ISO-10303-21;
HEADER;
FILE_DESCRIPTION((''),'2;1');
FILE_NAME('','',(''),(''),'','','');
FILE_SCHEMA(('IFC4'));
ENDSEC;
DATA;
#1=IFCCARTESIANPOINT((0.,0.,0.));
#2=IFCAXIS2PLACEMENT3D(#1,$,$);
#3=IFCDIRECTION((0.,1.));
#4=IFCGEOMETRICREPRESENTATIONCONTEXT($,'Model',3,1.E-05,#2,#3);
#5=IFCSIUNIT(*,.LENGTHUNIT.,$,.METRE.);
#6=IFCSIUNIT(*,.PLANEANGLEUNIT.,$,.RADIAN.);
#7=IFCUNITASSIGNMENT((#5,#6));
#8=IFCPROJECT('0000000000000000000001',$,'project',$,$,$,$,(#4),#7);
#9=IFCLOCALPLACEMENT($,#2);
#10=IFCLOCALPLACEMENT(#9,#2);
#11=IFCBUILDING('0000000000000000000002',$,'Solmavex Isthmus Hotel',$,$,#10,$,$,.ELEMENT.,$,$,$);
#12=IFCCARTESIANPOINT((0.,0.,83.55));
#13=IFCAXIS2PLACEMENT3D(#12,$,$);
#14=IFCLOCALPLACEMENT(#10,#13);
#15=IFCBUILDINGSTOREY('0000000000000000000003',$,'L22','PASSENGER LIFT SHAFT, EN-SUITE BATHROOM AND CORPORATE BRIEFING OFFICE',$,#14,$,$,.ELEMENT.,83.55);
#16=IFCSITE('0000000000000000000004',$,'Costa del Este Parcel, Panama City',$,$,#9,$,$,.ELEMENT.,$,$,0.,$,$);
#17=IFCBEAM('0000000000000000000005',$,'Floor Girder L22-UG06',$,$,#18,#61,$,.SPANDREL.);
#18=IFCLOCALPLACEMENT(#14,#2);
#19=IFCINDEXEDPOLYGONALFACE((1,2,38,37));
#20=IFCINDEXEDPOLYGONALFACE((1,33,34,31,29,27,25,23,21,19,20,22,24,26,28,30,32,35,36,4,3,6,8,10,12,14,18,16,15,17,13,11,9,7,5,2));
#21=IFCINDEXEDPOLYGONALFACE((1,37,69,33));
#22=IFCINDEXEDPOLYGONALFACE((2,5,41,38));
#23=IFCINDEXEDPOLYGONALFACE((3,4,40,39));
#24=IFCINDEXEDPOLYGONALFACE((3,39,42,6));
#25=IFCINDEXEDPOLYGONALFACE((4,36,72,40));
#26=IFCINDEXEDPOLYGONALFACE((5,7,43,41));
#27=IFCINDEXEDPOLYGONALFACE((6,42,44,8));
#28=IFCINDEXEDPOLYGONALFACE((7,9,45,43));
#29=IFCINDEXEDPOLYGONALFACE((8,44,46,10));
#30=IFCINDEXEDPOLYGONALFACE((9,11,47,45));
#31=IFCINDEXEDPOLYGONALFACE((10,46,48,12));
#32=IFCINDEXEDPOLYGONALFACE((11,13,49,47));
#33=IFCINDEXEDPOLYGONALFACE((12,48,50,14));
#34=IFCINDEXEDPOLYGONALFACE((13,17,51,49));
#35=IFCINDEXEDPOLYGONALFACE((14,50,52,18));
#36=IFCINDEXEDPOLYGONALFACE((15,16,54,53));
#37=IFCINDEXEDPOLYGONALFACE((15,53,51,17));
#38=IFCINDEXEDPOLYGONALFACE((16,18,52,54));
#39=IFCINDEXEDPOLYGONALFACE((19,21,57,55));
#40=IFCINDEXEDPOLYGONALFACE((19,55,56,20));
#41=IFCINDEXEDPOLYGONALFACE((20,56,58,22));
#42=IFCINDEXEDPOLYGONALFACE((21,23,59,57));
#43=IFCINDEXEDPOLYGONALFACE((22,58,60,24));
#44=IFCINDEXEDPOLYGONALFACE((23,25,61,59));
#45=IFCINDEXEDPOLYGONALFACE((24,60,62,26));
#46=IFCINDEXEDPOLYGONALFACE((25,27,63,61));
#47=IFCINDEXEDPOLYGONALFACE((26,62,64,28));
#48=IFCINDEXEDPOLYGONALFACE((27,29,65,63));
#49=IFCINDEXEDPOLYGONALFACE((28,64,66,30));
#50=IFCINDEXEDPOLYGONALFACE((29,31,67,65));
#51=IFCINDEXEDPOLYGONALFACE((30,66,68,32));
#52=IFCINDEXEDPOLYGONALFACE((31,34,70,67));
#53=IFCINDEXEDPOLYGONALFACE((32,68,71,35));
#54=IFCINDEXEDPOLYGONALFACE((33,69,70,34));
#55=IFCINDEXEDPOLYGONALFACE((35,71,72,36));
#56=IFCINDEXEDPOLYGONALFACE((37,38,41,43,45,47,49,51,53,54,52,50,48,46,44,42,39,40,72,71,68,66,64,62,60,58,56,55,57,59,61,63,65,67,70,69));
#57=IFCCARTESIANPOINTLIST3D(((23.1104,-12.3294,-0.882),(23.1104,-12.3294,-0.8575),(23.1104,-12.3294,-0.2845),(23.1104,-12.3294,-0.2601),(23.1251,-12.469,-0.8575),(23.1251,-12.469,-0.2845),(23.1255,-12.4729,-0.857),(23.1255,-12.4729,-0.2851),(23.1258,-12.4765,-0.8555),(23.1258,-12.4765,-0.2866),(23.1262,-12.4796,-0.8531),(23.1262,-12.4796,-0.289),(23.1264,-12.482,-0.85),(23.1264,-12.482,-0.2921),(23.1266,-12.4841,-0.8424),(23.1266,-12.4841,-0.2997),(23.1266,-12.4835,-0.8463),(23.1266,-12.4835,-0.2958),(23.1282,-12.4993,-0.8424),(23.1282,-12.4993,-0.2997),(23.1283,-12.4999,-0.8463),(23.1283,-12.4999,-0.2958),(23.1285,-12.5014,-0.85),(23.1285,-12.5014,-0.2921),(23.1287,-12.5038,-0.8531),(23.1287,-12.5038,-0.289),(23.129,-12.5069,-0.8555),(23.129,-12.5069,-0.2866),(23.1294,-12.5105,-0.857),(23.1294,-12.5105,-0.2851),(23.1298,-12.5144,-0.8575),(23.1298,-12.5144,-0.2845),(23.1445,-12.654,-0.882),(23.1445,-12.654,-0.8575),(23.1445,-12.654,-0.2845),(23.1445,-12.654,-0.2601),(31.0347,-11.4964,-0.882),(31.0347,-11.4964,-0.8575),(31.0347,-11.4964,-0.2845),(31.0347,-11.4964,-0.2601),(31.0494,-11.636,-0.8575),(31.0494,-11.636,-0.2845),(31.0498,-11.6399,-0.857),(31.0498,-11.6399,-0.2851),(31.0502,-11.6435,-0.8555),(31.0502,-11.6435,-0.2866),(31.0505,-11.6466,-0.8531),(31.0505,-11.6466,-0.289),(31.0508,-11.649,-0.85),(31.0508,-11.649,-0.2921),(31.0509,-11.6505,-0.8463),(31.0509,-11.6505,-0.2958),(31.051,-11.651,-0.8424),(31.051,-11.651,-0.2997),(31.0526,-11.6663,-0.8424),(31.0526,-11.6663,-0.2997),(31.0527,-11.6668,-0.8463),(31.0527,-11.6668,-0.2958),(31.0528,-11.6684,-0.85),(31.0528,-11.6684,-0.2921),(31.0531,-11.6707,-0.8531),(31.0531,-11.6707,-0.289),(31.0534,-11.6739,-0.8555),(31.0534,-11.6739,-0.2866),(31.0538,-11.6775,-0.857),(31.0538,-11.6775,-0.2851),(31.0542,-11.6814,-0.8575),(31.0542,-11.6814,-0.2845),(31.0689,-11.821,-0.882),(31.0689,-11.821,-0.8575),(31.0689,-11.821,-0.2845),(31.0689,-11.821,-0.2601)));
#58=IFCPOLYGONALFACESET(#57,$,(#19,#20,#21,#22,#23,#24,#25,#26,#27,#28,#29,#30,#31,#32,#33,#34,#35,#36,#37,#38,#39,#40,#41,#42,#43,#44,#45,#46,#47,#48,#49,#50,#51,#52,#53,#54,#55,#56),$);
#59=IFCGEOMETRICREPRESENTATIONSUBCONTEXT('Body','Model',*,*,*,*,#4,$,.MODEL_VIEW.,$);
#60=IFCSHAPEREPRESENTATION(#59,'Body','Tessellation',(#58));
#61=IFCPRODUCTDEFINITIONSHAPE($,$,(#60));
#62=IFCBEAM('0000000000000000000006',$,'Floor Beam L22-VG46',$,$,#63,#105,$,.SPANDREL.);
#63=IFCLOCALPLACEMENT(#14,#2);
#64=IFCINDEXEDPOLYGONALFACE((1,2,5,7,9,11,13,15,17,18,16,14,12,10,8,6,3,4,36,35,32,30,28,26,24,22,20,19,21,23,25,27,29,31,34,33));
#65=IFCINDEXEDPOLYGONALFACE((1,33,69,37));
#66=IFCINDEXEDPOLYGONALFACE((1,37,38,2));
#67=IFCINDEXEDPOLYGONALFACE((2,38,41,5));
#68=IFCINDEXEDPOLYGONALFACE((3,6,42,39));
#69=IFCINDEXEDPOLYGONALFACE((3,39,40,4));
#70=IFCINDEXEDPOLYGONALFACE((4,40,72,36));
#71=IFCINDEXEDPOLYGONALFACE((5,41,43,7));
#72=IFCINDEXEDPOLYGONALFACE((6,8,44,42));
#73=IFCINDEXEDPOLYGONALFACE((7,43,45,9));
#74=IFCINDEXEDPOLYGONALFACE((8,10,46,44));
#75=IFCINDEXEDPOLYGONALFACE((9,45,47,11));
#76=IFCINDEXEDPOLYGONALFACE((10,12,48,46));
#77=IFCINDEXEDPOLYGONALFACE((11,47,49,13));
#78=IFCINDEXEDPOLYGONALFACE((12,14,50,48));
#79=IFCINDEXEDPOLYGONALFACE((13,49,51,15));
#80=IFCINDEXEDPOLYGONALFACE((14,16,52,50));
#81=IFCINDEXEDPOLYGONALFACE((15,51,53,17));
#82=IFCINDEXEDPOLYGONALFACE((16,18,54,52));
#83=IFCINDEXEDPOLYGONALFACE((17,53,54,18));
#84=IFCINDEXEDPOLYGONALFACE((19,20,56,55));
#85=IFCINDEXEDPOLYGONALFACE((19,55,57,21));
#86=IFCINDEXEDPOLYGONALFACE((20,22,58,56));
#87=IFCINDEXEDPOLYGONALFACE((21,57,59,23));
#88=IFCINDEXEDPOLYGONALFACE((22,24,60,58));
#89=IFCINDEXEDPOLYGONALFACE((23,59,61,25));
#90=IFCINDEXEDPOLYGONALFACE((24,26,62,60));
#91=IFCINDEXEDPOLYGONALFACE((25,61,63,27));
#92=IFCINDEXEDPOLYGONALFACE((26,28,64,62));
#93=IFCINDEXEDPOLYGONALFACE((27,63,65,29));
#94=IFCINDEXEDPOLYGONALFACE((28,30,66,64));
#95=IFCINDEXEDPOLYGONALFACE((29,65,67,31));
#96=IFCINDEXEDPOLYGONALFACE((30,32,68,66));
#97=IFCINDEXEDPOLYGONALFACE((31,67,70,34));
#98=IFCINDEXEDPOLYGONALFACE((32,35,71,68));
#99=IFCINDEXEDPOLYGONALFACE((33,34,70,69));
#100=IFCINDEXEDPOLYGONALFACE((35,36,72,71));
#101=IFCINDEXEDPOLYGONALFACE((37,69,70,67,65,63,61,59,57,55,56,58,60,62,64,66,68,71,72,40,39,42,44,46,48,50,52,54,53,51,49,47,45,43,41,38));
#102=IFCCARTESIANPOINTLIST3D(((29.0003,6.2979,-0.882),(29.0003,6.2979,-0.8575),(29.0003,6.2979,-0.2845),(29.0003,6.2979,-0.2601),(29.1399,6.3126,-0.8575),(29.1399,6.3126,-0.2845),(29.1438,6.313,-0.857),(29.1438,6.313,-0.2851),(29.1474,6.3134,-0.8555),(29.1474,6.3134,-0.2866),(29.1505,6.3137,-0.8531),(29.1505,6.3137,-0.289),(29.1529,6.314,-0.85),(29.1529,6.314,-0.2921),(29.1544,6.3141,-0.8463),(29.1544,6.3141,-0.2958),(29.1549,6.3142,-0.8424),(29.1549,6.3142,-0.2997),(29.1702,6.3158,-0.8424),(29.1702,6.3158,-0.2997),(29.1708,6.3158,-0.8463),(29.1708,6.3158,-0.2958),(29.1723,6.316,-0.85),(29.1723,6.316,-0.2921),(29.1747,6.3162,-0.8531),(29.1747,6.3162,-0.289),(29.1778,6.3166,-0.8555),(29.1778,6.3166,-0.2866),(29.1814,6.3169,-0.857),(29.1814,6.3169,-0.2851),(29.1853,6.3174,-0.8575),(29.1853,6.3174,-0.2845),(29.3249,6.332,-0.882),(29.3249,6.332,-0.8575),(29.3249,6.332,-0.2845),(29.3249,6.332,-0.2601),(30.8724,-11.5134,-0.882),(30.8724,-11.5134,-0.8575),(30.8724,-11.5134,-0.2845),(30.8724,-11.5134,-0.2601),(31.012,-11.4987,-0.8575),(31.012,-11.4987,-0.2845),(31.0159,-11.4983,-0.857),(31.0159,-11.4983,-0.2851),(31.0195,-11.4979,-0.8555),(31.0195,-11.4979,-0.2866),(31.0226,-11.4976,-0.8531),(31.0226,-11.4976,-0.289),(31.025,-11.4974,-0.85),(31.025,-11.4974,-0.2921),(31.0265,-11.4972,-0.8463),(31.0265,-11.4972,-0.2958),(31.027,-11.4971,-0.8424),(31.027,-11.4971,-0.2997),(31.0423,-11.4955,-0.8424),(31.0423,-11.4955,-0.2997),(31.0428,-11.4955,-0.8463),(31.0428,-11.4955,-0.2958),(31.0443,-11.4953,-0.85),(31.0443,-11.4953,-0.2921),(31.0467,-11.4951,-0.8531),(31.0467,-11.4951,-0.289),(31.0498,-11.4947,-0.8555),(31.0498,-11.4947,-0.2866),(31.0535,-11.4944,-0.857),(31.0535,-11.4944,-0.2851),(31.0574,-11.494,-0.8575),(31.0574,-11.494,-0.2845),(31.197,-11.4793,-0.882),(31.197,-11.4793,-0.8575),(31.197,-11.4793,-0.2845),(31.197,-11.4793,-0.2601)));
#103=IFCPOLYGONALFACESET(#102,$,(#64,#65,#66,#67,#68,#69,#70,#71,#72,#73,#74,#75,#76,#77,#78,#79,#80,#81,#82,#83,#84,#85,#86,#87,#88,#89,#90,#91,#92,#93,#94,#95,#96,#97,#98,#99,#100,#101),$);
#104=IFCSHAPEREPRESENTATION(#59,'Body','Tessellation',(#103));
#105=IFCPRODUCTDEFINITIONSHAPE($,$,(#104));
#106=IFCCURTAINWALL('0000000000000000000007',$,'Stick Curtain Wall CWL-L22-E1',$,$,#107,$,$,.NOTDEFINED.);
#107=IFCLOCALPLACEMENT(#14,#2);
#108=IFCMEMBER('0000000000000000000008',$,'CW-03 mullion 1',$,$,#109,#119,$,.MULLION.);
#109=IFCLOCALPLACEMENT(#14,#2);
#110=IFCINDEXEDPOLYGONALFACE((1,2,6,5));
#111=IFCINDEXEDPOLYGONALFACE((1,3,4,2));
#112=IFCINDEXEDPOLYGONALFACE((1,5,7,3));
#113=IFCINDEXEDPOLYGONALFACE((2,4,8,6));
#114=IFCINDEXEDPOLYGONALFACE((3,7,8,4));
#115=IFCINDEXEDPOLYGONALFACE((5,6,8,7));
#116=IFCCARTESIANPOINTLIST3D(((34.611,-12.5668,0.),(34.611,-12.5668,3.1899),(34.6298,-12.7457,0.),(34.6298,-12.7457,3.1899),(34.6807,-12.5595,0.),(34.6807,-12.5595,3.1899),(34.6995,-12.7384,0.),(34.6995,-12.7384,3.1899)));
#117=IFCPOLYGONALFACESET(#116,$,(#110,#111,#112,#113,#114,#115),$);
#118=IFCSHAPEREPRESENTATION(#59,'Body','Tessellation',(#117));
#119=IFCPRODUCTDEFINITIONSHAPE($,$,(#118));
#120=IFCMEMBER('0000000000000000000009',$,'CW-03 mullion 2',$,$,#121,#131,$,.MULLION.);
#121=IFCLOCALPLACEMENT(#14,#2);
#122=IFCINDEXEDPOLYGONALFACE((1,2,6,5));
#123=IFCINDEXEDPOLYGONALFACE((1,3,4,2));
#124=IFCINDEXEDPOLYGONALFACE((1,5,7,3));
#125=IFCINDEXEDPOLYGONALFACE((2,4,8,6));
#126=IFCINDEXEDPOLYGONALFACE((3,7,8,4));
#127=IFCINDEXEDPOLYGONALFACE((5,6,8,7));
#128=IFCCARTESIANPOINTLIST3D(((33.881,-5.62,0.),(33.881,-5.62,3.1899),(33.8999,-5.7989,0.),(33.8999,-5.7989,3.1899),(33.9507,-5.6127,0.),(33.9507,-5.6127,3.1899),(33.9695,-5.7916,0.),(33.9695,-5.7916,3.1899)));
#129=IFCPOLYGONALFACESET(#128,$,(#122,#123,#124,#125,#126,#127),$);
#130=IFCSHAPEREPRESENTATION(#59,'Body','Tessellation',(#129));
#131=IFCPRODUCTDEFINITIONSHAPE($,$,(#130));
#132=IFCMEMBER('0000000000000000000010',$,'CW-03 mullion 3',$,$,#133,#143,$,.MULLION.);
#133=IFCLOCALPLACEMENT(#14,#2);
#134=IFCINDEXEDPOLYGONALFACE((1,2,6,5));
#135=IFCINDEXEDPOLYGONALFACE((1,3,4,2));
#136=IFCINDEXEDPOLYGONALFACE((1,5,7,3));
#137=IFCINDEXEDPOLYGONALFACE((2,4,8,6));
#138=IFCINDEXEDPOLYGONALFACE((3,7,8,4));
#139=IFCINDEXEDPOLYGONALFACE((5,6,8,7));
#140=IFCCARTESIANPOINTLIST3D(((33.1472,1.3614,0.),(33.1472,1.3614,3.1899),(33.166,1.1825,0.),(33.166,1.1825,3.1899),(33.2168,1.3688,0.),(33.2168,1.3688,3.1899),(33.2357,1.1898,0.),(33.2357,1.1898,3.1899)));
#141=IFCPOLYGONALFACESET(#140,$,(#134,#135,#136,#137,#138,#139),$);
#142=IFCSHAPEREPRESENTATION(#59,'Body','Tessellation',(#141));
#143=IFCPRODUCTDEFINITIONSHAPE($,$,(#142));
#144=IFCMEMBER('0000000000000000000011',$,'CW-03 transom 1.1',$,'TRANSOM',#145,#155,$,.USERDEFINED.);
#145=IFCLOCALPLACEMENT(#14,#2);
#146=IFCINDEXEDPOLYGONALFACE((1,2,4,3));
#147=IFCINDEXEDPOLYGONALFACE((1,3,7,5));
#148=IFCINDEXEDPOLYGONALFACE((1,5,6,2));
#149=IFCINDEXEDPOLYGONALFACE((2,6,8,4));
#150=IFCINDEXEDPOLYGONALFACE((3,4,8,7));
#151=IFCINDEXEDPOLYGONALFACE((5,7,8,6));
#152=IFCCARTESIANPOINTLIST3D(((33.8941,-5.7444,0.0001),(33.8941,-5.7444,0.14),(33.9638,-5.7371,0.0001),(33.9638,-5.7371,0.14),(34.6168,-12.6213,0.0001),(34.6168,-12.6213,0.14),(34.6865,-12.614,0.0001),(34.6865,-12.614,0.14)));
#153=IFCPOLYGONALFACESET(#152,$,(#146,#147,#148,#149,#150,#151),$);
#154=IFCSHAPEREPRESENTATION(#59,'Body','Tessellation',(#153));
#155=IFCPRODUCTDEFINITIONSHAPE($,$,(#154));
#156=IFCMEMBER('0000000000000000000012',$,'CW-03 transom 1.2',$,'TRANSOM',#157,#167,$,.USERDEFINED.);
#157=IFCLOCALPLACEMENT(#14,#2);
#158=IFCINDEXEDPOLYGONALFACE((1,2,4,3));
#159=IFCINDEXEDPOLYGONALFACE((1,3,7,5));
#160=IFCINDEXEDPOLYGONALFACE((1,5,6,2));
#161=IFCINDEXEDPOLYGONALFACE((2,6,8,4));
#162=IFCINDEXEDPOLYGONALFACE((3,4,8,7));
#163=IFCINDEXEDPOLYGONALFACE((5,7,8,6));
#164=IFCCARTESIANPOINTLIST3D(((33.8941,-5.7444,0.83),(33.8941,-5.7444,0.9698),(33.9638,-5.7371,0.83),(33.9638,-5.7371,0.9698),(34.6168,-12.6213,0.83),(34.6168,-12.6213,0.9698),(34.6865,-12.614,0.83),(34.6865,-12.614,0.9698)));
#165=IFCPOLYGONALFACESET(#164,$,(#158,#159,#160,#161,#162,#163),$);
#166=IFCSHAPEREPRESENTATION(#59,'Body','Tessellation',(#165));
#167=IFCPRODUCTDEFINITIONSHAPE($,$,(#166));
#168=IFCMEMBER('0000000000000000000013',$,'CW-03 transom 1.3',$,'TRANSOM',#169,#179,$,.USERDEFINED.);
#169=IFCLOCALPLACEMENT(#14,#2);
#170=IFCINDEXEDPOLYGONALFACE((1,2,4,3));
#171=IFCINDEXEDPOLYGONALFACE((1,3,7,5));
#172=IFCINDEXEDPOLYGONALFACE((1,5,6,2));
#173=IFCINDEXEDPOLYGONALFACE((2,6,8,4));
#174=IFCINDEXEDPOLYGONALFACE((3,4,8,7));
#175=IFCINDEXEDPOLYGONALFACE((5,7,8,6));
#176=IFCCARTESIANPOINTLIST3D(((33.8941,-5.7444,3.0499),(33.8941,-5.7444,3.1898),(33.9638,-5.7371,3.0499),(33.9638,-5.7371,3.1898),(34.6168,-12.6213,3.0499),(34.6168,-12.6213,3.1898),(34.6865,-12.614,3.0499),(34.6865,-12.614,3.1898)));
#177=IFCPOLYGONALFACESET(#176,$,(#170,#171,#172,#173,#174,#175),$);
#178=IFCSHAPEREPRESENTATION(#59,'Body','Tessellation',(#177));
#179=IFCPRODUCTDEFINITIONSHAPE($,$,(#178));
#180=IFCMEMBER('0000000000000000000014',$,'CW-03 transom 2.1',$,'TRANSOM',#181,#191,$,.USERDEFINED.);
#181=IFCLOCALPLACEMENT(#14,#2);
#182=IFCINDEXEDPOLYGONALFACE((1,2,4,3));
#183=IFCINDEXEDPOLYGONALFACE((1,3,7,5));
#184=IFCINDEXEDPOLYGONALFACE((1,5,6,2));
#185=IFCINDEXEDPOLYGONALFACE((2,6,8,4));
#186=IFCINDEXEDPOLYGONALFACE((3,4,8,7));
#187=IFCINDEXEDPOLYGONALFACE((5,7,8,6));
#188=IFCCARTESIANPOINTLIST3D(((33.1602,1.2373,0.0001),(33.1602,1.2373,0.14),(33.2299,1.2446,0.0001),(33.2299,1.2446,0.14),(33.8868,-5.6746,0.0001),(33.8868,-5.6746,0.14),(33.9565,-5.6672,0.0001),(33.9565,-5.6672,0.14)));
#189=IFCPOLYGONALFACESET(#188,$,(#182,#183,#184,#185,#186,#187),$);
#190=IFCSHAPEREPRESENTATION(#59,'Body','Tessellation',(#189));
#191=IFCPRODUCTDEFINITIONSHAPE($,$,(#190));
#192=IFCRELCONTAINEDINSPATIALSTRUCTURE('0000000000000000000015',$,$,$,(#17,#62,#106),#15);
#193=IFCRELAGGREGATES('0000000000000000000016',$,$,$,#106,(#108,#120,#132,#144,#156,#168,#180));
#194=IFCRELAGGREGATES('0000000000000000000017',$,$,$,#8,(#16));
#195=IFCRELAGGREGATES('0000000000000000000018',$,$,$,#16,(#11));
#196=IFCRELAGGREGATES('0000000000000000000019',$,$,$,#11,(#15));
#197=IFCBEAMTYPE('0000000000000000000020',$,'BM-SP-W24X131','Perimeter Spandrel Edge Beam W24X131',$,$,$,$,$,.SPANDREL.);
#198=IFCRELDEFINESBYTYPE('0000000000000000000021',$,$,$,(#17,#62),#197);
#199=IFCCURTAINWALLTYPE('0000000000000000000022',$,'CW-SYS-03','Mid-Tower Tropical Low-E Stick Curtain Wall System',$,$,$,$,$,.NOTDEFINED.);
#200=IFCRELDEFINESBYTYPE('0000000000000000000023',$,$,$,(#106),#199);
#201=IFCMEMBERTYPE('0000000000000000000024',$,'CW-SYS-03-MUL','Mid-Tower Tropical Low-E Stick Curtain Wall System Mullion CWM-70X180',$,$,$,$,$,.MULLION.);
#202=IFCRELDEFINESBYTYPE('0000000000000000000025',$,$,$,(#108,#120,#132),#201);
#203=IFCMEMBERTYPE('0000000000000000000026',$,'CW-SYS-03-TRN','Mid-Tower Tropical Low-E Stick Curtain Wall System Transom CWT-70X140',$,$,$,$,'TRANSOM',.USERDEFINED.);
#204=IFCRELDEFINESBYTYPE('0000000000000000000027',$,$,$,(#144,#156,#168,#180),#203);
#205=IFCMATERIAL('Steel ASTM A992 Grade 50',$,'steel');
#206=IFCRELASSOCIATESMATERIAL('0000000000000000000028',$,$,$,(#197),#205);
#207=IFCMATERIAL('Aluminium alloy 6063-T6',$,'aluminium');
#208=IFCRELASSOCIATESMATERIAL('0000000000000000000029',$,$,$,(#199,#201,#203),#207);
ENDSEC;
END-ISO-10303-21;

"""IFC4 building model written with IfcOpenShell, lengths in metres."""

from ifc_helpers import new_model, si_unit, direction, frame, origin, origin_2d, place, context, subcontext, project, spatial, rectangle, i_section, extrude, material, material_profile, profile_set, type_object, element, aggregate, save


model = new_model("IFC4")

# Units and contexts
model_context = context("Model", 3, precision=1e-05, world=origin(), true_north=direction((0.0, 1.0)))
body_context = subcontext(model_context, "Body", "Model", "MODEL_VIEW")
ifc_project = project(units=[si_unit("LENGTHUNIT", "METRE"), si_unit("PLANEANGLEUNIT", "RADIAN")], contexts=[model_context])

# Site, building, storey
site_placement = place(None, origin())
site = spatial("IfcSite", under=ifc_project, at=site_placement, Name="Costa del Este Parcel, Panama City", CompositionType="ELEMENT", RefElevation=0.0)
building_placement = place(site_placement, origin())
building = spatial("IfcBuilding", under=site, at=building_placement, Name="Solmavex Isthmus Hotel", CompositionType="ELEMENT")
storey_placement = place(building_placement, frame((0.0, 0.0, 83.55)))
storey = spatial("IfcBuildingStorey", under=building, at=storey_placement, Name="L22", Description="PASSENGER LIFT SHAFT, EN-SUITE BATHROOM AND CORPORATE BRIEFING OFFICE", CompositionType="ELEMENT", Elevation=83.55)

# Beams
ifc_material_1 = material(Name="Steel ASTM A992 Grade 50", Category="steel")
ifc_material_profile_1 = material_profile(ifc_material_1, i_section(OverallWidth=0.3264, OverallDepth=0.6218, WebThickness=0.0154, FlangeThickness=0.0244, FilletRadius=0.0151, at=origin_2d()), Name="W24X131")
ifc_profile_set_1 = profile_set([ifc_material_profile_1], Name="Steel ASTM A992 Grade 50")
beam_type_1 = type_object("IfcBeamType", Name="BM-SP-W24X131", Description="Perimeter Spandrel Edge Beam W24X131", PredefinedType="SPANDREL", material=ifc_profile_set_1)
beam_1_placement = place(storey_placement, frame((23.1274, -12.4917, -0.571), z_axis=(0.99452, 0.104544, 0.0), x_axis=(-0.104544, 0.99452, 0.0)))
element("IfcBeam", 1, at=beam_1_placement, inside=storey, type_object=beam_type_1, Name="Floor Girder L22-UG06", PredefinedType="SPANDREL", context=body_context, shape_type="SweptSolid", body=[
    extrude(i_section(OverallWidth=0.3264, OverallDepth=0.6218, WebThickness=0.0154, FlangeThickness=0.0244, FilletRadius=0.0151, at=origin_2d()), origin(), (0.0, 0.0, 1.0), 7.968),
])
beam_2_placement = place(storey_placement, frame((31.0347, -11.4963, -0.571), z_axis=(-0.10453, 0.994522, 0.0), x_axis=(-0.994522, -0.10453, 0.0)))
element("IfcBeam", 2, at=beam_2_placement, inside=storey, type_object=beam_type_1, Name="Floor Beam L22-VG46", PredefinedType="SPANDREL", context=body_context, shape_type="SweptSolid", body=[
    extrude(i_section(OverallWidth=0.3264, OverallDepth=0.6218, WebThickness=0.0154, FlangeThickness=0.0244, FilletRadius=0.0151, at=origin_2d()), origin(), (0.0, 0.0, 1.0), 17.9094),
])

# Curtain wall, members
ifc_material_2 = material(Name="Aluminium alloy 6063-T6", Category="aluminium")
curtain_wall_type = type_object("IfcCurtainWallType", Name="CW-SYS-03", Description="Mid-Tower Tropical Low-E Stick Curtain Wall System", PredefinedType="NOTDEFINED", material=ifc_material_2)
curtain_wall_placement = place(storey_placement, origin())
curtain_wall = element("IfcCurtainWall", 3, at=curtain_wall_placement, inside=storey, type_object=curtain_wall_type, Name="Stick Curtain Wall CWL-L22-E1", PredefinedType="NOTDEFINED")
ifc_material_profile_2 = material_profile(ifc_material_2, rectangle(XDim=0.0701, YDim=0.1799, at=origin_2d()), Name="CWM-70X180")
ifc_profile_set_2 = profile_set([ifc_material_profile_2], Name="Aluminium alloy 6063-T6")
member_type_1 = type_object("IfcMemberType", Name="CW-SYS-03-MUL", Description="Mid-Tower Tropical Low-E Stick Curtain Wall System Mullion CWM-70X180", PredefinedType="MULLION", material=ifc_profile_set_2)
member_1_placement = place(storey_placement, frame((34.6553, -12.6526, 0.0), z_axis=(0.0, 0.0, 1.0), x_axis=(-0.994522, -0.104528, 0.0)))
member_1 = element("IfcMember", 4, at=member_1_placement, type_object=member_type_1, Name="CW-03 mullion 1", PredefinedType="MULLION", context=body_context, shape_type="SweptSolid", body=[
    extrude(rectangle(XDim=0.0701, YDim=0.1799, at=origin_2d()), origin(), (0.0, 0.0, 1.0), 3.1899),
])
member_2_placement = place(storey_placement, frame((33.9253, -5.7058, 0.0), z_axis=(0.0, 0.0, 1.0), x_axis=(-0.994522, -0.104528, 0.0)))
member_2 = element("IfcMember", 5, at=member_2_placement, type_object=member_type_1, Name="CW-03 mullion 2", PredefinedType="MULLION", context=body_context, shape_type="SweptSolid", body=[
    extrude(rectangle(XDim=0.0701, YDim=0.1799, at=origin_2d()), origin(), (0.0, 0.0, 1.0), 3.1899),
])
member_3_placement = place(storey_placement, frame((33.1914, 1.2756, 0.0), z_axis=(0.0, 0.0, 1.0), x_axis=(-0.994522, -0.104528, 0.0)))
member_3 = element("IfcMember", 6, at=member_3_placement, type_object=member_type_1, Name="CW-03 mullion 3", PredefinedType="MULLION", context=body_context, shape_type="SweptSolid", body=[
    extrude(rectangle(XDim=0.0701, YDim=0.1799, at=origin_2d()), origin(), (0.0, 0.0, 1.0), 3.1899),
])
ifc_material_profile_3 = material_profile(ifc_material_2, rectangle(XDim=0.0701, YDim=0.1399, at=origin_2d()), Name="CWT-70X140")
ifc_profile_set_3 = profile_set([ifc_material_profile_3], Name="Aluminium alloy 6063-T6")
member_type_2 = type_object("IfcMemberType", Name="CW-SYS-03-TRN", Description="Mid-Tower Tropical Low-E Stick Curtain Wall System Transom CWT-70X140", ElementType="TRANSOM", PredefinedType="USERDEFINED", material=ifc_profile_set_3)
member_4_placement = place(storey_placement, frame((34.6516, -12.6177, 0.0701), z_axis=(-0.104508, 0.994524, 0.0), x_axis=(-0.994524, -0.104508, 0.0)))
member_4 = element("IfcMember", 7, at=member_4_placement, type_object=member_type_2, Name="CW-03 transom 1.1", ObjectType="TRANSOM", PredefinedType="USERDEFINED", context=body_context, shape_type="SweptSolid", body=[
    extrude(rectangle(XDim=0.0701, YDim=0.1399, at=origin_2d()), origin(), (0.0, 0.0, 1.0), 6.9148),
])
member_5_placement = place(storey_placement, frame((34.6516, -12.6177, 0.8999), z_axis=(-0.104508, 0.994524, 0.0), x_axis=(-0.994524, -0.104508, 0.0)))
member_5 = element("IfcMember", 8, at=member_5_placement, type_object=member_type_2, Name="CW-03 transom 1.2", ObjectType="TRANSOM", PredefinedType="USERDEFINED", context=body_context, shape_type="SweptSolid", body=[
    extrude(rectangle(XDim=0.0701, YDim=0.1399, at=origin_2d()), origin(), (0.0, 0.0, 1.0), 6.9148),
])
member_6_placement = place(storey_placement, frame((34.6516, -12.6177, 3.1199), z_axis=(-0.104508, 0.994524, 0.0), x_axis=(-0.994524, -0.104508, 0.0)))
member_6 = element("IfcMember", 9, at=member_6_placement, type_object=member_type_2, Name="CW-03 transom 1.3", ObjectType="TRANSOM", PredefinedType="USERDEFINED", context=body_context, shape_type="SweptSolid", body=[
    extrude(rectangle(XDim=0.0701, YDim=0.1399, at=origin_2d()), origin(), (0.0, 0.0, 1.0), 6.9148),
])
member_7_placement = place(storey_placement, frame((33.9216, -5.6709, 0.0701), z_axis=(-0.104542, 0.99452, 0.0), x_axis=(-0.99452, -0.104542, 0.0)))
member_7 = element("IfcMember", 10, at=member_7_placement, type_object=member_type_2, Name="CW-03 transom 2.1", ObjectType="TRANSOM", PredefinedType="USERDEFINED", context=body_context, shape_type="SweptSolid", body=[
    extrude(rectangle(XDim=0.0701, YDim=0.1399, at=origin_2d()), origin(), (0.0, 0.0, 1.0), 6.95),
])
aggregate(curtain_wall, [member_1, member_2, member_3, member_4, member_5, member_6, member_7])

save(model, "model.ifc")
